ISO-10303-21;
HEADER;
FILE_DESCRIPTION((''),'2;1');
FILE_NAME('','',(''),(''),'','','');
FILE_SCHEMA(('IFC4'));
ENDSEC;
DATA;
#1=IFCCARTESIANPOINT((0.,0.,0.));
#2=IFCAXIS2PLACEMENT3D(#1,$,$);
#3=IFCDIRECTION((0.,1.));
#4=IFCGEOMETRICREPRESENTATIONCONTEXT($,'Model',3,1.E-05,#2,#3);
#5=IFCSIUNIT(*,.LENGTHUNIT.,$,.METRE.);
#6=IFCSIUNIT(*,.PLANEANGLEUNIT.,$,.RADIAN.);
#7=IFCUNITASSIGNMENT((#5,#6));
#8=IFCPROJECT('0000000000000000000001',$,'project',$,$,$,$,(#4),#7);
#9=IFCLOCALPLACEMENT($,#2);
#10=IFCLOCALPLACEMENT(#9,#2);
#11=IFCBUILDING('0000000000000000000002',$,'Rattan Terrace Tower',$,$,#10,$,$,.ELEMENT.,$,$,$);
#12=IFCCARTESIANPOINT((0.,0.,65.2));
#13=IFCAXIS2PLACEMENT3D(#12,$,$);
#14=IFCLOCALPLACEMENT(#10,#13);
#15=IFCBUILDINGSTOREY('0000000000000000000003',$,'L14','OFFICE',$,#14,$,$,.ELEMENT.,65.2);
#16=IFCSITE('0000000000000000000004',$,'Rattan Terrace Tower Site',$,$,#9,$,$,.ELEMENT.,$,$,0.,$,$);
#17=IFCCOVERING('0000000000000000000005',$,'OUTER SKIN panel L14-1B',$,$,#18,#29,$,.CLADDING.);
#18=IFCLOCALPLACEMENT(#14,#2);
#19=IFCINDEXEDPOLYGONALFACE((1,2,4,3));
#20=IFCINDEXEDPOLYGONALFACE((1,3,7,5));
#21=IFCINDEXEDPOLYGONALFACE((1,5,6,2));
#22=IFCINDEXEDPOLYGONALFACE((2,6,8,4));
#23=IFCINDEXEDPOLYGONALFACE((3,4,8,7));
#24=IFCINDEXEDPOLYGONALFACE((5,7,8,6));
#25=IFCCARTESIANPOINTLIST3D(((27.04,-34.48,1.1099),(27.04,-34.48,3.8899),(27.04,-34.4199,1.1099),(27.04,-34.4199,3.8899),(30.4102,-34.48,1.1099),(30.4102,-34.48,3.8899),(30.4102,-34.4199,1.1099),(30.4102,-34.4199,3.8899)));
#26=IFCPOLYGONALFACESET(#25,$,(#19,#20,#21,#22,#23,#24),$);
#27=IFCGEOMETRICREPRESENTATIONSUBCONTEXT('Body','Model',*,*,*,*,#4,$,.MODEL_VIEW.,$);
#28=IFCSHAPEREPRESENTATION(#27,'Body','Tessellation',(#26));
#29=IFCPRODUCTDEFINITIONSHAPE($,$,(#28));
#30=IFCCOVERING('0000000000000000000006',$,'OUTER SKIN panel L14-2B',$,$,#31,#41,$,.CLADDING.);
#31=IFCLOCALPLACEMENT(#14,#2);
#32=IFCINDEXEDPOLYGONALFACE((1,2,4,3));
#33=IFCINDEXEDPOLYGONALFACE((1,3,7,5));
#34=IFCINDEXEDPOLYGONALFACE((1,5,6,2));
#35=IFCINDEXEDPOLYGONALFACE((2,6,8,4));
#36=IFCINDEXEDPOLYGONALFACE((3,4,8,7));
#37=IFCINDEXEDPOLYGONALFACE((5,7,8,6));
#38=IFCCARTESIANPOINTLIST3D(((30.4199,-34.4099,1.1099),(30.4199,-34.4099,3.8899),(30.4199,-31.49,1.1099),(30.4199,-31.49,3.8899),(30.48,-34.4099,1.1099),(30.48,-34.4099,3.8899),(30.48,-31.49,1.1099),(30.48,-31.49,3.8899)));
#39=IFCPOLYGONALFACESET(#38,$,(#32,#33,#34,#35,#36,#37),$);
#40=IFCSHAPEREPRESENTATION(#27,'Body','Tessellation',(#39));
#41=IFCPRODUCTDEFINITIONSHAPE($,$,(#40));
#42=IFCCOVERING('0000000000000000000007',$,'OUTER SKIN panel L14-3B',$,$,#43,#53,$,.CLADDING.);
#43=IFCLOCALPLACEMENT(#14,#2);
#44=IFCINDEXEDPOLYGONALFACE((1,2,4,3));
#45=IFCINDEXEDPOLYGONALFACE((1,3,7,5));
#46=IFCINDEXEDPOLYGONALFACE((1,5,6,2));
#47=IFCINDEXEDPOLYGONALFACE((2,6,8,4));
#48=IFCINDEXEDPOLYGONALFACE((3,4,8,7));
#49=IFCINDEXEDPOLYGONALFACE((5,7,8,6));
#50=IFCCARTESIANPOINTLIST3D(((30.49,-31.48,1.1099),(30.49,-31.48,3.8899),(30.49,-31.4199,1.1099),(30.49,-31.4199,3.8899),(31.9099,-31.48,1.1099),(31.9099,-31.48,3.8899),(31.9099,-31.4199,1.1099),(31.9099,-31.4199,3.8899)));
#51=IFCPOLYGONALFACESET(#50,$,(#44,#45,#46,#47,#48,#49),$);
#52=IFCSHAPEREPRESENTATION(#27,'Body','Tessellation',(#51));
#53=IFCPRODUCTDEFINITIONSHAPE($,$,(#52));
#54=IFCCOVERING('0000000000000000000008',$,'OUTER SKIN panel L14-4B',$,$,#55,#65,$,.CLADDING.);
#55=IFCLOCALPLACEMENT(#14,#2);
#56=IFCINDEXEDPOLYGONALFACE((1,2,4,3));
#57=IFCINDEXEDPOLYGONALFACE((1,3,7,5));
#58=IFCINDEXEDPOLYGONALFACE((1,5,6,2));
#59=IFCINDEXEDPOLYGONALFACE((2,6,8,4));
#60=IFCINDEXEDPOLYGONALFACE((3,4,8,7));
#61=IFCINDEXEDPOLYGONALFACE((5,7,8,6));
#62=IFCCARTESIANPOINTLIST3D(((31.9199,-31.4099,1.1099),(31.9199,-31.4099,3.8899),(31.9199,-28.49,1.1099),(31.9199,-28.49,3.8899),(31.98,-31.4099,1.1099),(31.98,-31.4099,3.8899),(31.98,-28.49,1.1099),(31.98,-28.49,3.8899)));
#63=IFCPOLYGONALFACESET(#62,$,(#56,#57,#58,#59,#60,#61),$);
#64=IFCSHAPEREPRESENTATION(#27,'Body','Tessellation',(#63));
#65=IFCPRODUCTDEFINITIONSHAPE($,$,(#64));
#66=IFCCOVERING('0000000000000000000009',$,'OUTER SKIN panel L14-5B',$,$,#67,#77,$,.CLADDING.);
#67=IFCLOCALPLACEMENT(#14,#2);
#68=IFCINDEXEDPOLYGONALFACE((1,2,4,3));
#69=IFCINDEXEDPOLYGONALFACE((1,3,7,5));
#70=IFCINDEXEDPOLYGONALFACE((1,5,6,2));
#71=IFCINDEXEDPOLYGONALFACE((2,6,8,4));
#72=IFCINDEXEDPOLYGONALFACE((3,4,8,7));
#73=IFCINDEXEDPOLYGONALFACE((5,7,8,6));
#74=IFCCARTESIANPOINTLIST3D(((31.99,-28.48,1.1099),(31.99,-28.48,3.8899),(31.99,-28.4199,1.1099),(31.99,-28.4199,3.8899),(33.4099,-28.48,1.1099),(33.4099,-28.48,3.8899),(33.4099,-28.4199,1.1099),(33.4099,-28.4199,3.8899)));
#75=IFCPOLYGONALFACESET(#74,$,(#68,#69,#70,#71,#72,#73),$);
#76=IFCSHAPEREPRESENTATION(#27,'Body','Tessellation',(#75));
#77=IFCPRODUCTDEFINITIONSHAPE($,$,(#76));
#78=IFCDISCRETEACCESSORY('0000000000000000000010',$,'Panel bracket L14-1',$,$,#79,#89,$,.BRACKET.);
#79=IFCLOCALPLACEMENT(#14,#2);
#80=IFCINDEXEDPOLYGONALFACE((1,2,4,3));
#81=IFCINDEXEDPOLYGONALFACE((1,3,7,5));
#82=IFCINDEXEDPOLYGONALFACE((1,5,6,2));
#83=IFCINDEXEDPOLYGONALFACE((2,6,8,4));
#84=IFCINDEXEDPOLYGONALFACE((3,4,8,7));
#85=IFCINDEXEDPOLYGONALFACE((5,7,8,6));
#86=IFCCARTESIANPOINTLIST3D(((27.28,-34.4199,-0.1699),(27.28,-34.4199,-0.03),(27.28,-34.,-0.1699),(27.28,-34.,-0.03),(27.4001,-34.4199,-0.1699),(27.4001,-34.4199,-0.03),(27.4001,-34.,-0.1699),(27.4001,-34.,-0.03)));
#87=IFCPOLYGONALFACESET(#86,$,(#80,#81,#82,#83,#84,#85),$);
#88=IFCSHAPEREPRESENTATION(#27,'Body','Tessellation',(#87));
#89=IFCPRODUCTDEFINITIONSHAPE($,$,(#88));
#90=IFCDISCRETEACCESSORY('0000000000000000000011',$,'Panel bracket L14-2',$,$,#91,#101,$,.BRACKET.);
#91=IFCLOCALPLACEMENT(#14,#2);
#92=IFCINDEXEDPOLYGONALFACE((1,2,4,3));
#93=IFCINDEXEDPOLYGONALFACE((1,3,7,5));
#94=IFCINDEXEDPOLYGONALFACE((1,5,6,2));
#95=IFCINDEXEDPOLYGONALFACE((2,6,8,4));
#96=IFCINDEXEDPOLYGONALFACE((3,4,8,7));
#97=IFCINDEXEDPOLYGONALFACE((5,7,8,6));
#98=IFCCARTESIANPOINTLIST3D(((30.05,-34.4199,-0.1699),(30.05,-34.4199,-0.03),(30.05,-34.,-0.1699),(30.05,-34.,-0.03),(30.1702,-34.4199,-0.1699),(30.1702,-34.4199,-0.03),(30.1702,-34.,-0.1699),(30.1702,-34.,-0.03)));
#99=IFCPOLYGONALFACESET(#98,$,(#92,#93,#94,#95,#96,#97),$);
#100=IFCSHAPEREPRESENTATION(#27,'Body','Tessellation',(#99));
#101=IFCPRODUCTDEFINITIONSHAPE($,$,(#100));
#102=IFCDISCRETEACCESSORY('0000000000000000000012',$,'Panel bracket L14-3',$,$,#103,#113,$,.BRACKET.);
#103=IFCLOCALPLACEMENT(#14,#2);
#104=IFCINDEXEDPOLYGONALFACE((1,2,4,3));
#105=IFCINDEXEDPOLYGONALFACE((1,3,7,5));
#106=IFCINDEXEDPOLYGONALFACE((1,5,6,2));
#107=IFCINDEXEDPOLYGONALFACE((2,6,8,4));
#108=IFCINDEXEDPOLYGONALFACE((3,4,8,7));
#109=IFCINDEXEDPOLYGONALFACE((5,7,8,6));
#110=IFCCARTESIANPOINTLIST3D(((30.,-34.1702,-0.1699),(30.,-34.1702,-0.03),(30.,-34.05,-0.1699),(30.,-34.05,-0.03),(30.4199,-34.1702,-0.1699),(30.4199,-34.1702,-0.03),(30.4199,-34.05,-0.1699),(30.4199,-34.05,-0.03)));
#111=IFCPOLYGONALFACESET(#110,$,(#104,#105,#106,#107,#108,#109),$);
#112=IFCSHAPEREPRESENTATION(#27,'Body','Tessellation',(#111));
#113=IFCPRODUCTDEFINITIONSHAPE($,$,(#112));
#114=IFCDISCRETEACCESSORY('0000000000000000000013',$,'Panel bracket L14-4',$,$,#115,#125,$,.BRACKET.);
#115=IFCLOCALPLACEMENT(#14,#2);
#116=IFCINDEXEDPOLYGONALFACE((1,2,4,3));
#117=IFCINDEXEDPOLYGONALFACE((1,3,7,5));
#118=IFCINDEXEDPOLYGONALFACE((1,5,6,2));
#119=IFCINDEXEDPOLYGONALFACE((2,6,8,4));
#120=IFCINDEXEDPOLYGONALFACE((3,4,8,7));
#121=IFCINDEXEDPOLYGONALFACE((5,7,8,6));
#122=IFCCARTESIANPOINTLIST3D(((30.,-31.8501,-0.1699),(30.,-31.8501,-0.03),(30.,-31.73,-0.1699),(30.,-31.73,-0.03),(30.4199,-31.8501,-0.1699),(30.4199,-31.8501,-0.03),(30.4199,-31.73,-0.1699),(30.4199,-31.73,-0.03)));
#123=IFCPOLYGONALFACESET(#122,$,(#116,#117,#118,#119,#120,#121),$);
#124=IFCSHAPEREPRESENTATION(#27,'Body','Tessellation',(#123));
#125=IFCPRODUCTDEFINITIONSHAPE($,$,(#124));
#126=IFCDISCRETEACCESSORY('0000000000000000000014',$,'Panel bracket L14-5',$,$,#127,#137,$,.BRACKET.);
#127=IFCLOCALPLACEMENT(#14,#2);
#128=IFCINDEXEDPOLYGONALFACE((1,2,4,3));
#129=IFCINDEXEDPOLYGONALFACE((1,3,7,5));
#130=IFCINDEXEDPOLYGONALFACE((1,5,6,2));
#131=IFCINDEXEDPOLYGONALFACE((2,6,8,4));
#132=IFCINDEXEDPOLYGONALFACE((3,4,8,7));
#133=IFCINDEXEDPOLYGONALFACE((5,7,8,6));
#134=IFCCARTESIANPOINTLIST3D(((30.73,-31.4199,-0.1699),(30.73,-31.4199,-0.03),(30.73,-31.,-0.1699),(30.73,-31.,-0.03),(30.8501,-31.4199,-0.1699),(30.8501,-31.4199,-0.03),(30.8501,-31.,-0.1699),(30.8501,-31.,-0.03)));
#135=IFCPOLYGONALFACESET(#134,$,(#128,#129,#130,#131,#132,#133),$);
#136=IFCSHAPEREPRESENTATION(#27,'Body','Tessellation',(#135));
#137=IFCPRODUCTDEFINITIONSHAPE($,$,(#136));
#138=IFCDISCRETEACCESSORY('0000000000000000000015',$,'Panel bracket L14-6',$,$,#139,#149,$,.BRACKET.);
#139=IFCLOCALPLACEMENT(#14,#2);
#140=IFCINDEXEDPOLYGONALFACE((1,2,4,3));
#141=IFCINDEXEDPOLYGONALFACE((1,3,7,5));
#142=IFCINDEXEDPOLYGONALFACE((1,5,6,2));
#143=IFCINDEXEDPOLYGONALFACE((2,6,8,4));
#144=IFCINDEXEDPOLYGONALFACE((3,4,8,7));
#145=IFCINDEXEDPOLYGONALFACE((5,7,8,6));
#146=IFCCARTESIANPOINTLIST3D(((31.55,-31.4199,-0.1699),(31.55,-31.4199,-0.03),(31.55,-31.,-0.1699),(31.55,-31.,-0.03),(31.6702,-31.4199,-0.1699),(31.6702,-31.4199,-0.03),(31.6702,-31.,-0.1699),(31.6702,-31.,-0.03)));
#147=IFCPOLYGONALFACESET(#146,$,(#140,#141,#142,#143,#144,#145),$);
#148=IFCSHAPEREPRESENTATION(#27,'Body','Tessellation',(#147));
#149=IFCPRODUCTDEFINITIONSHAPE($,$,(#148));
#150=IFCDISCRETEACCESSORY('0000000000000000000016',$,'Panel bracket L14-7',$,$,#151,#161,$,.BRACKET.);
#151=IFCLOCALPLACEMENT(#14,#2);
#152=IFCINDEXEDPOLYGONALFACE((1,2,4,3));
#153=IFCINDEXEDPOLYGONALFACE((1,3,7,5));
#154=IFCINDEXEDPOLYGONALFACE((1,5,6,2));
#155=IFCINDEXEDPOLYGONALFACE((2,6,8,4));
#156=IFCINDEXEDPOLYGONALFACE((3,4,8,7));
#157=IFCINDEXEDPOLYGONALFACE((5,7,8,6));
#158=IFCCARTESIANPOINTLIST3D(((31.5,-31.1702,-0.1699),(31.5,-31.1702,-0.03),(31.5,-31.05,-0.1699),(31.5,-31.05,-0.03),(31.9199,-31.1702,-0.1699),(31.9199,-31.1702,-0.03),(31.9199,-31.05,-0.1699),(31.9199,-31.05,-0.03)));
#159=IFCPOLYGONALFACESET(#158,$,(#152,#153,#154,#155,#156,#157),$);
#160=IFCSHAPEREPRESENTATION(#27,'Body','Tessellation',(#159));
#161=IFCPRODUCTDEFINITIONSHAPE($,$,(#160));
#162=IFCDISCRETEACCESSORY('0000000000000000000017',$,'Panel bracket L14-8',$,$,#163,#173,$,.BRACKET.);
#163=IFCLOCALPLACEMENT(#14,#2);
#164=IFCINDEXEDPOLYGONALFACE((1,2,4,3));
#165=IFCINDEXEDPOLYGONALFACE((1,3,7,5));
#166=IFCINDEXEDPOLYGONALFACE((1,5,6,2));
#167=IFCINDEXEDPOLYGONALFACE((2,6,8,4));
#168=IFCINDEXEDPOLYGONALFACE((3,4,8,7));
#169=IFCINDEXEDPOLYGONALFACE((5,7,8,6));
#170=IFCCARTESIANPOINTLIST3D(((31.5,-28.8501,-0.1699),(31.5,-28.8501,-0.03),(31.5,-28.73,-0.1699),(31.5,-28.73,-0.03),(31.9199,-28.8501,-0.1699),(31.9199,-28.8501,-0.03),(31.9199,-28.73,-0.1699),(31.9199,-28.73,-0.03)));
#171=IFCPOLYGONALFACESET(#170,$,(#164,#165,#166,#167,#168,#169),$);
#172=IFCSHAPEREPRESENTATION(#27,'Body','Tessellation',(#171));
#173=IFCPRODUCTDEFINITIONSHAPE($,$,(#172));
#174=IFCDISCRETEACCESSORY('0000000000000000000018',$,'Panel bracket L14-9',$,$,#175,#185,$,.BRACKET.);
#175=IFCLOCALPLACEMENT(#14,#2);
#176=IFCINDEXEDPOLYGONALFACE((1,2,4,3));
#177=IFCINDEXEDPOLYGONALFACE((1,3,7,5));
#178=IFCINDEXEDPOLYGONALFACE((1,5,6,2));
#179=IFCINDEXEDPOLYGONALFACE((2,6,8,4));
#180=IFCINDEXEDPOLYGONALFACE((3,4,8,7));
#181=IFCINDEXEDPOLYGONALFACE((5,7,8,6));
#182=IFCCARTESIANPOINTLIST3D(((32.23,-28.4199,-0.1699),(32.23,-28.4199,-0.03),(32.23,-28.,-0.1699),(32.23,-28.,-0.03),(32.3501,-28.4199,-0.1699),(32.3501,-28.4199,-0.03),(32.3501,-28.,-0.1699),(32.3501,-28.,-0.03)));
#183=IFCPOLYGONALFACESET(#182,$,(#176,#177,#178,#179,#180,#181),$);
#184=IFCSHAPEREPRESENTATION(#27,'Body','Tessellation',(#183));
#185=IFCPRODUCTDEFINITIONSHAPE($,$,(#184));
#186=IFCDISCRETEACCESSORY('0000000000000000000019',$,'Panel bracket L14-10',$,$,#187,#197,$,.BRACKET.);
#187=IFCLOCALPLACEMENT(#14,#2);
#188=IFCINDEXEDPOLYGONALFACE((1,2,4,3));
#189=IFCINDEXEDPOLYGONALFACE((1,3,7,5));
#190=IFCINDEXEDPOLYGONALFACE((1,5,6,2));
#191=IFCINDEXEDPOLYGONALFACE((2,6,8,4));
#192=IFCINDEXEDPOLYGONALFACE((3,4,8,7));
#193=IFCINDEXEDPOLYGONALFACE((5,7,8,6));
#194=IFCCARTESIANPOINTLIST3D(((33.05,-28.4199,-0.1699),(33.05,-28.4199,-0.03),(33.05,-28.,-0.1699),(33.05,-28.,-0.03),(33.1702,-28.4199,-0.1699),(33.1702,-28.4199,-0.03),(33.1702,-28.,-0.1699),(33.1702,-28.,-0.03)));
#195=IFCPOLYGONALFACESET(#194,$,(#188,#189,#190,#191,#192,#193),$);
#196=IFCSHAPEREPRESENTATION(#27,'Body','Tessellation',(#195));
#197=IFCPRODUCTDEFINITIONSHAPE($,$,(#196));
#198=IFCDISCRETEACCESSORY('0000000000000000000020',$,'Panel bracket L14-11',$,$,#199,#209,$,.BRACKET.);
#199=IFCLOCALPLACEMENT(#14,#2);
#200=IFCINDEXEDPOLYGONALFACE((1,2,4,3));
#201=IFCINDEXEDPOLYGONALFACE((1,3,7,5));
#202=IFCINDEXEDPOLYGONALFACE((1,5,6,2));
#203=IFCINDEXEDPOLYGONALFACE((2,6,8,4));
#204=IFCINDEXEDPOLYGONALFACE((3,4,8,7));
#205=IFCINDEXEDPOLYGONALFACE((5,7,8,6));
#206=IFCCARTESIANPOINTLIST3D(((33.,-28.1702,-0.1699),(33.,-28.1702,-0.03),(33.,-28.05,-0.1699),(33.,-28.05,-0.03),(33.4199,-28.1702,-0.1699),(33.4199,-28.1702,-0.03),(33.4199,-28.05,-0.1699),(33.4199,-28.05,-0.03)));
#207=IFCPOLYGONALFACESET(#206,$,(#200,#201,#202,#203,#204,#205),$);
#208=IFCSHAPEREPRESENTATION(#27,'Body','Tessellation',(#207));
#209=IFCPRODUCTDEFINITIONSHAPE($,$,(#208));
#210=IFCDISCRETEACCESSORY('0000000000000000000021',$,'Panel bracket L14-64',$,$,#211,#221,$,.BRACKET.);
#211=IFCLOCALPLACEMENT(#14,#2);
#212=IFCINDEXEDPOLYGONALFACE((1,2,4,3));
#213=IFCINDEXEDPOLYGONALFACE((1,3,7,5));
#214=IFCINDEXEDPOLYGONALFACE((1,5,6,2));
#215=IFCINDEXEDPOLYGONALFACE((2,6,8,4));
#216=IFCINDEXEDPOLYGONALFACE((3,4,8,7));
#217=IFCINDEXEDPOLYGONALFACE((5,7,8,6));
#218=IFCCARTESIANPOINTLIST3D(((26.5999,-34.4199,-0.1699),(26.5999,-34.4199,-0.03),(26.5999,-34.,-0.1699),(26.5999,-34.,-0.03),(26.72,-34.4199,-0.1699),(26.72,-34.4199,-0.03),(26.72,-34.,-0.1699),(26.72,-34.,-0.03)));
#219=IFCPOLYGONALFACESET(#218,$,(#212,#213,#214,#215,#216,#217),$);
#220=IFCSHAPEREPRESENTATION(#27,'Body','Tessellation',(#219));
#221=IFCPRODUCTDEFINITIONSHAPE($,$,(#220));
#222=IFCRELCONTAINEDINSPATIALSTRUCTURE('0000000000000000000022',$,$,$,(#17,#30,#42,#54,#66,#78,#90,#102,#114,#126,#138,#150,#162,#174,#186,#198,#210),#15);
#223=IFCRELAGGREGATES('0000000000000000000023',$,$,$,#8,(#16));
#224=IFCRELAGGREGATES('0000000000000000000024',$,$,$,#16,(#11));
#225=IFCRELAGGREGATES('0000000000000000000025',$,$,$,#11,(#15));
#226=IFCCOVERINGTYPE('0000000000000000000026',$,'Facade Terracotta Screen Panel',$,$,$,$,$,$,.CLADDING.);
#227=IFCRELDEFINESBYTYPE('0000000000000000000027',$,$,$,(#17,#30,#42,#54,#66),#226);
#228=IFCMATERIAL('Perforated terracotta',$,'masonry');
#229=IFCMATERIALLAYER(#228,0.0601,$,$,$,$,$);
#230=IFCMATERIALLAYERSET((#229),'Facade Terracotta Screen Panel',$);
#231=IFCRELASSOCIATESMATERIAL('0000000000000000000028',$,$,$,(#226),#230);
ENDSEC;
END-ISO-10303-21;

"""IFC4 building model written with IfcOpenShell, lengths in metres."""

from ifc_helpers import new_model, si_unit, direction, frame, origin, origin_2d, place, context, subcontext, project, spatial, rectangle, extrude, material, layer, layer_set, type_object, element, save


model = new_model("IFC4")

# Units and contexts
model_context = context("Model", 3, precision=1e-05, world=origin(), true_north=direction((0.0, 1.0)))
body_context = subcontext(model_context, "Body", "Model", "MODEL_VIEW")
ifc_project = project(units=[si_unit("LENGTHUNIT", "METRE"), si_unit("PLANEANGLEUNIT", "RADIAN")], contexts=[model_context])

# Site, building, storey
site_placement = place(None, origin())
site = spatial("IfcSite", under=ifc_project, at=site_placement, Name="Rattan Terrace Tower Site", CompositionType="ELEMENT", RefElevation=0.0)
building_placement = place(site_placement, origin())
building = spatial("IfcBuilding", under=site, at=building_placement, Name="Rattan Terrace Tower", CompositionType="ELEMENT")
storey_placement = place(building_placement, frame((0.0, 0.0, 65.2)))
storey = spatial("IfcBuildingStorey", under=building, at=storey_placement, Name="L14", Description="OFFICE", CompositionType="ELEMENT", Elevation=65.2)

# Coverings
ifc_material_1 = material(Name="Perforated terracotta", Category="masonry")
ifc_layer_1 = layer(ifc_material_1, 0.0601)
ifc_layer_set_1 = layer_set([ifc_layer_1], Name="Facade Terracotta Screen Panel")
covering_type_1 = type_object("IfcCoveringType", Name="Facade Terracotta Screen Panel", PredefinedType="CLADDING", material=ifc_layer_set_1)
covering_1_placement = place(storey_placement, frame((28.7251, -34.45, 1.1099), z_axis=(0.0, 0.0, 1.0), x_axis=(1.0, 0.0, 0.0)))
element("IfcCovering", 1, at=covering_1_placement, inside=storey, type_object=covering_type_1, Name="OUTER SKIN panel L14-1B", PredefinedType="CLADDING", context=body_context, shape_type="SweptSolid", body=[
    extrude(rectangle(XDim=3.3701, YDim=0.0601, at=origin_2d()), origin(), (0.0, 0.0, 1.0), 2.78),
])
covering_2_placement = place(storey_placement, frame((30.45, -32.95, 1.1099), z_axis=(0.0, 0.0, 1.0), x_axis=(0.0, 1.0, 0.0)))
element("IfcCovering", 2, at=covering_2_placement, inside=storey, type_object=covering_type_1, Name="OUTER SKIN panel L14-2B", PredefinedType="CLADDING", context=body_context, shape_type="SweptSolid", body=[
    extrude(rectangle(XDim=2.9199, YDim=0.0601, at=origin_2d()), origin(), (0.0, 0.0, 1.0), 2.78),
])
covering_3_placement = place(storey_placement, frame((31.2, -31.45, 1.1099), z_axis=(0.0, 0.0, 1.0), x_axis=(1.0, 0.0, 0.0)))
element("IfcCovering", 3, at=covering_3_placement, inside=storey, type_object=covering_type_1, Name="OUTER SKIN panel L14-3B", PredefinedType="CLADDING", context=body_context, shape_type="SweptSolid", body=[
    extrude(rectangle(XDim=1.4199, YDim=0.0601, at=origin_2d()), origin(), (0.0, 0.0, 1.0), 2.78),
])
covering_4_placement = place(storey_placement, frame((31.95, -29.95, 1.1099), z_axis=(0.0, 0.0, 1.0), x_axis=(0.0, 1.0, 0.0)))
element("IfcCovering", 4, at=covering_4_placement, inside=storey, type_object=covering_type_1, Name="OUTER SKIN panel L14-4B", PredefinedType="CLADDING", context=body_context, shape_type="SweptSolid", body=[
    extrude(rectangle(XDim=2.9199, YDim=0.0601, at=origin_2d()), origin(), (0.0, 0.0, 1.0), 2.78),
])
covering_5_placement = place(storey_placement, frame((32.7, -28.45, 1.1099), z_axis=(0.0, 0.0, 1.0), x_axis=(1.0, 0.0, 0.0)))
element("IfcCovering", 5, at=covering_5_placement, inside=storey, type_object=covering_type_1, Name="OUTER SKIN panel L14-5B", PredefinedType="CLADDING", context=body_context, shape_type="SweptSolid", body=[
    extrude(rectangle(XDim=1.4199, YDim=0.0601, at=origin_2d()), origin(), (0.0, 0.0, 1.0), 2.78),
])

# Discrete accessories
for number, where, z_axis, x_axis, name in (
    (6, (27.3401, -34.21, -0.1699), (0.0, 0.0, 1.0), (1.0, 0.0, 0.0), "Panel bracket L14-1"),
    (7, (30.1101, -34.21, -0.1699), (0.0, 0.0, 1.0), (1.0, 0.0, 0.0), "Panel bracket L14-2"),
    (8, (30.21, -34.1101, -0.1699), (0.0, 0.0, 1.0), (0.0, 1.0, 0.0), "Panel bracket L14-3"),
    (9, (30.21, -31.79, -0.1699), (0.0, 0.0, 1.0), (0.0, 1.0, 0.0), "Panel bracket L14-4"),
    (10, (30.79, -31.21, -0.1699), (0.0, 0.0, 1.0), (1.0, 0.0, 0.0), "Panel bracket L14-5"),
    (11, (31.6101, -31.21, -0.1699), (0.0, 0.0, 1.0), (1.0, 0.0, 0.0), "Panel bracket L14-6"),
    (12, (31.71, -31.1101, -0.1699), (0.0, 0.0, 1.0), (0.0, 1.0, 0.0), "Panel bracket L14-7"),
    (13, (31.71, -28.79, -0.1699), (0.0, 0.0, 1.0), (0.0, 1.0, 0.0), "Panel bracket L14-8"),
    (14, (32.29, -28.21, -0.1699), (0.0, 0.0, 1.0), (1.0, 0.0, 0.0), "Panel bracket L14-9"),
    (15, (33.1101, -28.21, -0.1699), (0.0, 0.0, 1.0), (1.0, 0.0, 0.0), "Panel bracket L14-10"),
    (16, (33.21, -28.1101, -0.1699), (0.0, 0.0, 1.0), (0.0, 1.0, 0.0), "Panel bracket L14-11"),
    (17, (26.6599, -34.21, -0.1699), (0.0, 0.0, 1.0), (1.0, 0.0, 0.0), "Panel bracket L14-64"),
):
    element("IfcDiscreteAccessory", number, at=place(storey_placement, frame(where, z_axis=z_axis, x_axis=x_axis)), inside=storey, Name=name, PredefinedType="BRACKET", context=body_context, shape_type="SweptSolid", body=[
        extrude(rectangle(XDim=0.1201, YDim=0.4199, at=origin_2d()), origin(), (0.0, 0.0, 1.0), 0.1399),
    ])

save(model, "model.ifc")
